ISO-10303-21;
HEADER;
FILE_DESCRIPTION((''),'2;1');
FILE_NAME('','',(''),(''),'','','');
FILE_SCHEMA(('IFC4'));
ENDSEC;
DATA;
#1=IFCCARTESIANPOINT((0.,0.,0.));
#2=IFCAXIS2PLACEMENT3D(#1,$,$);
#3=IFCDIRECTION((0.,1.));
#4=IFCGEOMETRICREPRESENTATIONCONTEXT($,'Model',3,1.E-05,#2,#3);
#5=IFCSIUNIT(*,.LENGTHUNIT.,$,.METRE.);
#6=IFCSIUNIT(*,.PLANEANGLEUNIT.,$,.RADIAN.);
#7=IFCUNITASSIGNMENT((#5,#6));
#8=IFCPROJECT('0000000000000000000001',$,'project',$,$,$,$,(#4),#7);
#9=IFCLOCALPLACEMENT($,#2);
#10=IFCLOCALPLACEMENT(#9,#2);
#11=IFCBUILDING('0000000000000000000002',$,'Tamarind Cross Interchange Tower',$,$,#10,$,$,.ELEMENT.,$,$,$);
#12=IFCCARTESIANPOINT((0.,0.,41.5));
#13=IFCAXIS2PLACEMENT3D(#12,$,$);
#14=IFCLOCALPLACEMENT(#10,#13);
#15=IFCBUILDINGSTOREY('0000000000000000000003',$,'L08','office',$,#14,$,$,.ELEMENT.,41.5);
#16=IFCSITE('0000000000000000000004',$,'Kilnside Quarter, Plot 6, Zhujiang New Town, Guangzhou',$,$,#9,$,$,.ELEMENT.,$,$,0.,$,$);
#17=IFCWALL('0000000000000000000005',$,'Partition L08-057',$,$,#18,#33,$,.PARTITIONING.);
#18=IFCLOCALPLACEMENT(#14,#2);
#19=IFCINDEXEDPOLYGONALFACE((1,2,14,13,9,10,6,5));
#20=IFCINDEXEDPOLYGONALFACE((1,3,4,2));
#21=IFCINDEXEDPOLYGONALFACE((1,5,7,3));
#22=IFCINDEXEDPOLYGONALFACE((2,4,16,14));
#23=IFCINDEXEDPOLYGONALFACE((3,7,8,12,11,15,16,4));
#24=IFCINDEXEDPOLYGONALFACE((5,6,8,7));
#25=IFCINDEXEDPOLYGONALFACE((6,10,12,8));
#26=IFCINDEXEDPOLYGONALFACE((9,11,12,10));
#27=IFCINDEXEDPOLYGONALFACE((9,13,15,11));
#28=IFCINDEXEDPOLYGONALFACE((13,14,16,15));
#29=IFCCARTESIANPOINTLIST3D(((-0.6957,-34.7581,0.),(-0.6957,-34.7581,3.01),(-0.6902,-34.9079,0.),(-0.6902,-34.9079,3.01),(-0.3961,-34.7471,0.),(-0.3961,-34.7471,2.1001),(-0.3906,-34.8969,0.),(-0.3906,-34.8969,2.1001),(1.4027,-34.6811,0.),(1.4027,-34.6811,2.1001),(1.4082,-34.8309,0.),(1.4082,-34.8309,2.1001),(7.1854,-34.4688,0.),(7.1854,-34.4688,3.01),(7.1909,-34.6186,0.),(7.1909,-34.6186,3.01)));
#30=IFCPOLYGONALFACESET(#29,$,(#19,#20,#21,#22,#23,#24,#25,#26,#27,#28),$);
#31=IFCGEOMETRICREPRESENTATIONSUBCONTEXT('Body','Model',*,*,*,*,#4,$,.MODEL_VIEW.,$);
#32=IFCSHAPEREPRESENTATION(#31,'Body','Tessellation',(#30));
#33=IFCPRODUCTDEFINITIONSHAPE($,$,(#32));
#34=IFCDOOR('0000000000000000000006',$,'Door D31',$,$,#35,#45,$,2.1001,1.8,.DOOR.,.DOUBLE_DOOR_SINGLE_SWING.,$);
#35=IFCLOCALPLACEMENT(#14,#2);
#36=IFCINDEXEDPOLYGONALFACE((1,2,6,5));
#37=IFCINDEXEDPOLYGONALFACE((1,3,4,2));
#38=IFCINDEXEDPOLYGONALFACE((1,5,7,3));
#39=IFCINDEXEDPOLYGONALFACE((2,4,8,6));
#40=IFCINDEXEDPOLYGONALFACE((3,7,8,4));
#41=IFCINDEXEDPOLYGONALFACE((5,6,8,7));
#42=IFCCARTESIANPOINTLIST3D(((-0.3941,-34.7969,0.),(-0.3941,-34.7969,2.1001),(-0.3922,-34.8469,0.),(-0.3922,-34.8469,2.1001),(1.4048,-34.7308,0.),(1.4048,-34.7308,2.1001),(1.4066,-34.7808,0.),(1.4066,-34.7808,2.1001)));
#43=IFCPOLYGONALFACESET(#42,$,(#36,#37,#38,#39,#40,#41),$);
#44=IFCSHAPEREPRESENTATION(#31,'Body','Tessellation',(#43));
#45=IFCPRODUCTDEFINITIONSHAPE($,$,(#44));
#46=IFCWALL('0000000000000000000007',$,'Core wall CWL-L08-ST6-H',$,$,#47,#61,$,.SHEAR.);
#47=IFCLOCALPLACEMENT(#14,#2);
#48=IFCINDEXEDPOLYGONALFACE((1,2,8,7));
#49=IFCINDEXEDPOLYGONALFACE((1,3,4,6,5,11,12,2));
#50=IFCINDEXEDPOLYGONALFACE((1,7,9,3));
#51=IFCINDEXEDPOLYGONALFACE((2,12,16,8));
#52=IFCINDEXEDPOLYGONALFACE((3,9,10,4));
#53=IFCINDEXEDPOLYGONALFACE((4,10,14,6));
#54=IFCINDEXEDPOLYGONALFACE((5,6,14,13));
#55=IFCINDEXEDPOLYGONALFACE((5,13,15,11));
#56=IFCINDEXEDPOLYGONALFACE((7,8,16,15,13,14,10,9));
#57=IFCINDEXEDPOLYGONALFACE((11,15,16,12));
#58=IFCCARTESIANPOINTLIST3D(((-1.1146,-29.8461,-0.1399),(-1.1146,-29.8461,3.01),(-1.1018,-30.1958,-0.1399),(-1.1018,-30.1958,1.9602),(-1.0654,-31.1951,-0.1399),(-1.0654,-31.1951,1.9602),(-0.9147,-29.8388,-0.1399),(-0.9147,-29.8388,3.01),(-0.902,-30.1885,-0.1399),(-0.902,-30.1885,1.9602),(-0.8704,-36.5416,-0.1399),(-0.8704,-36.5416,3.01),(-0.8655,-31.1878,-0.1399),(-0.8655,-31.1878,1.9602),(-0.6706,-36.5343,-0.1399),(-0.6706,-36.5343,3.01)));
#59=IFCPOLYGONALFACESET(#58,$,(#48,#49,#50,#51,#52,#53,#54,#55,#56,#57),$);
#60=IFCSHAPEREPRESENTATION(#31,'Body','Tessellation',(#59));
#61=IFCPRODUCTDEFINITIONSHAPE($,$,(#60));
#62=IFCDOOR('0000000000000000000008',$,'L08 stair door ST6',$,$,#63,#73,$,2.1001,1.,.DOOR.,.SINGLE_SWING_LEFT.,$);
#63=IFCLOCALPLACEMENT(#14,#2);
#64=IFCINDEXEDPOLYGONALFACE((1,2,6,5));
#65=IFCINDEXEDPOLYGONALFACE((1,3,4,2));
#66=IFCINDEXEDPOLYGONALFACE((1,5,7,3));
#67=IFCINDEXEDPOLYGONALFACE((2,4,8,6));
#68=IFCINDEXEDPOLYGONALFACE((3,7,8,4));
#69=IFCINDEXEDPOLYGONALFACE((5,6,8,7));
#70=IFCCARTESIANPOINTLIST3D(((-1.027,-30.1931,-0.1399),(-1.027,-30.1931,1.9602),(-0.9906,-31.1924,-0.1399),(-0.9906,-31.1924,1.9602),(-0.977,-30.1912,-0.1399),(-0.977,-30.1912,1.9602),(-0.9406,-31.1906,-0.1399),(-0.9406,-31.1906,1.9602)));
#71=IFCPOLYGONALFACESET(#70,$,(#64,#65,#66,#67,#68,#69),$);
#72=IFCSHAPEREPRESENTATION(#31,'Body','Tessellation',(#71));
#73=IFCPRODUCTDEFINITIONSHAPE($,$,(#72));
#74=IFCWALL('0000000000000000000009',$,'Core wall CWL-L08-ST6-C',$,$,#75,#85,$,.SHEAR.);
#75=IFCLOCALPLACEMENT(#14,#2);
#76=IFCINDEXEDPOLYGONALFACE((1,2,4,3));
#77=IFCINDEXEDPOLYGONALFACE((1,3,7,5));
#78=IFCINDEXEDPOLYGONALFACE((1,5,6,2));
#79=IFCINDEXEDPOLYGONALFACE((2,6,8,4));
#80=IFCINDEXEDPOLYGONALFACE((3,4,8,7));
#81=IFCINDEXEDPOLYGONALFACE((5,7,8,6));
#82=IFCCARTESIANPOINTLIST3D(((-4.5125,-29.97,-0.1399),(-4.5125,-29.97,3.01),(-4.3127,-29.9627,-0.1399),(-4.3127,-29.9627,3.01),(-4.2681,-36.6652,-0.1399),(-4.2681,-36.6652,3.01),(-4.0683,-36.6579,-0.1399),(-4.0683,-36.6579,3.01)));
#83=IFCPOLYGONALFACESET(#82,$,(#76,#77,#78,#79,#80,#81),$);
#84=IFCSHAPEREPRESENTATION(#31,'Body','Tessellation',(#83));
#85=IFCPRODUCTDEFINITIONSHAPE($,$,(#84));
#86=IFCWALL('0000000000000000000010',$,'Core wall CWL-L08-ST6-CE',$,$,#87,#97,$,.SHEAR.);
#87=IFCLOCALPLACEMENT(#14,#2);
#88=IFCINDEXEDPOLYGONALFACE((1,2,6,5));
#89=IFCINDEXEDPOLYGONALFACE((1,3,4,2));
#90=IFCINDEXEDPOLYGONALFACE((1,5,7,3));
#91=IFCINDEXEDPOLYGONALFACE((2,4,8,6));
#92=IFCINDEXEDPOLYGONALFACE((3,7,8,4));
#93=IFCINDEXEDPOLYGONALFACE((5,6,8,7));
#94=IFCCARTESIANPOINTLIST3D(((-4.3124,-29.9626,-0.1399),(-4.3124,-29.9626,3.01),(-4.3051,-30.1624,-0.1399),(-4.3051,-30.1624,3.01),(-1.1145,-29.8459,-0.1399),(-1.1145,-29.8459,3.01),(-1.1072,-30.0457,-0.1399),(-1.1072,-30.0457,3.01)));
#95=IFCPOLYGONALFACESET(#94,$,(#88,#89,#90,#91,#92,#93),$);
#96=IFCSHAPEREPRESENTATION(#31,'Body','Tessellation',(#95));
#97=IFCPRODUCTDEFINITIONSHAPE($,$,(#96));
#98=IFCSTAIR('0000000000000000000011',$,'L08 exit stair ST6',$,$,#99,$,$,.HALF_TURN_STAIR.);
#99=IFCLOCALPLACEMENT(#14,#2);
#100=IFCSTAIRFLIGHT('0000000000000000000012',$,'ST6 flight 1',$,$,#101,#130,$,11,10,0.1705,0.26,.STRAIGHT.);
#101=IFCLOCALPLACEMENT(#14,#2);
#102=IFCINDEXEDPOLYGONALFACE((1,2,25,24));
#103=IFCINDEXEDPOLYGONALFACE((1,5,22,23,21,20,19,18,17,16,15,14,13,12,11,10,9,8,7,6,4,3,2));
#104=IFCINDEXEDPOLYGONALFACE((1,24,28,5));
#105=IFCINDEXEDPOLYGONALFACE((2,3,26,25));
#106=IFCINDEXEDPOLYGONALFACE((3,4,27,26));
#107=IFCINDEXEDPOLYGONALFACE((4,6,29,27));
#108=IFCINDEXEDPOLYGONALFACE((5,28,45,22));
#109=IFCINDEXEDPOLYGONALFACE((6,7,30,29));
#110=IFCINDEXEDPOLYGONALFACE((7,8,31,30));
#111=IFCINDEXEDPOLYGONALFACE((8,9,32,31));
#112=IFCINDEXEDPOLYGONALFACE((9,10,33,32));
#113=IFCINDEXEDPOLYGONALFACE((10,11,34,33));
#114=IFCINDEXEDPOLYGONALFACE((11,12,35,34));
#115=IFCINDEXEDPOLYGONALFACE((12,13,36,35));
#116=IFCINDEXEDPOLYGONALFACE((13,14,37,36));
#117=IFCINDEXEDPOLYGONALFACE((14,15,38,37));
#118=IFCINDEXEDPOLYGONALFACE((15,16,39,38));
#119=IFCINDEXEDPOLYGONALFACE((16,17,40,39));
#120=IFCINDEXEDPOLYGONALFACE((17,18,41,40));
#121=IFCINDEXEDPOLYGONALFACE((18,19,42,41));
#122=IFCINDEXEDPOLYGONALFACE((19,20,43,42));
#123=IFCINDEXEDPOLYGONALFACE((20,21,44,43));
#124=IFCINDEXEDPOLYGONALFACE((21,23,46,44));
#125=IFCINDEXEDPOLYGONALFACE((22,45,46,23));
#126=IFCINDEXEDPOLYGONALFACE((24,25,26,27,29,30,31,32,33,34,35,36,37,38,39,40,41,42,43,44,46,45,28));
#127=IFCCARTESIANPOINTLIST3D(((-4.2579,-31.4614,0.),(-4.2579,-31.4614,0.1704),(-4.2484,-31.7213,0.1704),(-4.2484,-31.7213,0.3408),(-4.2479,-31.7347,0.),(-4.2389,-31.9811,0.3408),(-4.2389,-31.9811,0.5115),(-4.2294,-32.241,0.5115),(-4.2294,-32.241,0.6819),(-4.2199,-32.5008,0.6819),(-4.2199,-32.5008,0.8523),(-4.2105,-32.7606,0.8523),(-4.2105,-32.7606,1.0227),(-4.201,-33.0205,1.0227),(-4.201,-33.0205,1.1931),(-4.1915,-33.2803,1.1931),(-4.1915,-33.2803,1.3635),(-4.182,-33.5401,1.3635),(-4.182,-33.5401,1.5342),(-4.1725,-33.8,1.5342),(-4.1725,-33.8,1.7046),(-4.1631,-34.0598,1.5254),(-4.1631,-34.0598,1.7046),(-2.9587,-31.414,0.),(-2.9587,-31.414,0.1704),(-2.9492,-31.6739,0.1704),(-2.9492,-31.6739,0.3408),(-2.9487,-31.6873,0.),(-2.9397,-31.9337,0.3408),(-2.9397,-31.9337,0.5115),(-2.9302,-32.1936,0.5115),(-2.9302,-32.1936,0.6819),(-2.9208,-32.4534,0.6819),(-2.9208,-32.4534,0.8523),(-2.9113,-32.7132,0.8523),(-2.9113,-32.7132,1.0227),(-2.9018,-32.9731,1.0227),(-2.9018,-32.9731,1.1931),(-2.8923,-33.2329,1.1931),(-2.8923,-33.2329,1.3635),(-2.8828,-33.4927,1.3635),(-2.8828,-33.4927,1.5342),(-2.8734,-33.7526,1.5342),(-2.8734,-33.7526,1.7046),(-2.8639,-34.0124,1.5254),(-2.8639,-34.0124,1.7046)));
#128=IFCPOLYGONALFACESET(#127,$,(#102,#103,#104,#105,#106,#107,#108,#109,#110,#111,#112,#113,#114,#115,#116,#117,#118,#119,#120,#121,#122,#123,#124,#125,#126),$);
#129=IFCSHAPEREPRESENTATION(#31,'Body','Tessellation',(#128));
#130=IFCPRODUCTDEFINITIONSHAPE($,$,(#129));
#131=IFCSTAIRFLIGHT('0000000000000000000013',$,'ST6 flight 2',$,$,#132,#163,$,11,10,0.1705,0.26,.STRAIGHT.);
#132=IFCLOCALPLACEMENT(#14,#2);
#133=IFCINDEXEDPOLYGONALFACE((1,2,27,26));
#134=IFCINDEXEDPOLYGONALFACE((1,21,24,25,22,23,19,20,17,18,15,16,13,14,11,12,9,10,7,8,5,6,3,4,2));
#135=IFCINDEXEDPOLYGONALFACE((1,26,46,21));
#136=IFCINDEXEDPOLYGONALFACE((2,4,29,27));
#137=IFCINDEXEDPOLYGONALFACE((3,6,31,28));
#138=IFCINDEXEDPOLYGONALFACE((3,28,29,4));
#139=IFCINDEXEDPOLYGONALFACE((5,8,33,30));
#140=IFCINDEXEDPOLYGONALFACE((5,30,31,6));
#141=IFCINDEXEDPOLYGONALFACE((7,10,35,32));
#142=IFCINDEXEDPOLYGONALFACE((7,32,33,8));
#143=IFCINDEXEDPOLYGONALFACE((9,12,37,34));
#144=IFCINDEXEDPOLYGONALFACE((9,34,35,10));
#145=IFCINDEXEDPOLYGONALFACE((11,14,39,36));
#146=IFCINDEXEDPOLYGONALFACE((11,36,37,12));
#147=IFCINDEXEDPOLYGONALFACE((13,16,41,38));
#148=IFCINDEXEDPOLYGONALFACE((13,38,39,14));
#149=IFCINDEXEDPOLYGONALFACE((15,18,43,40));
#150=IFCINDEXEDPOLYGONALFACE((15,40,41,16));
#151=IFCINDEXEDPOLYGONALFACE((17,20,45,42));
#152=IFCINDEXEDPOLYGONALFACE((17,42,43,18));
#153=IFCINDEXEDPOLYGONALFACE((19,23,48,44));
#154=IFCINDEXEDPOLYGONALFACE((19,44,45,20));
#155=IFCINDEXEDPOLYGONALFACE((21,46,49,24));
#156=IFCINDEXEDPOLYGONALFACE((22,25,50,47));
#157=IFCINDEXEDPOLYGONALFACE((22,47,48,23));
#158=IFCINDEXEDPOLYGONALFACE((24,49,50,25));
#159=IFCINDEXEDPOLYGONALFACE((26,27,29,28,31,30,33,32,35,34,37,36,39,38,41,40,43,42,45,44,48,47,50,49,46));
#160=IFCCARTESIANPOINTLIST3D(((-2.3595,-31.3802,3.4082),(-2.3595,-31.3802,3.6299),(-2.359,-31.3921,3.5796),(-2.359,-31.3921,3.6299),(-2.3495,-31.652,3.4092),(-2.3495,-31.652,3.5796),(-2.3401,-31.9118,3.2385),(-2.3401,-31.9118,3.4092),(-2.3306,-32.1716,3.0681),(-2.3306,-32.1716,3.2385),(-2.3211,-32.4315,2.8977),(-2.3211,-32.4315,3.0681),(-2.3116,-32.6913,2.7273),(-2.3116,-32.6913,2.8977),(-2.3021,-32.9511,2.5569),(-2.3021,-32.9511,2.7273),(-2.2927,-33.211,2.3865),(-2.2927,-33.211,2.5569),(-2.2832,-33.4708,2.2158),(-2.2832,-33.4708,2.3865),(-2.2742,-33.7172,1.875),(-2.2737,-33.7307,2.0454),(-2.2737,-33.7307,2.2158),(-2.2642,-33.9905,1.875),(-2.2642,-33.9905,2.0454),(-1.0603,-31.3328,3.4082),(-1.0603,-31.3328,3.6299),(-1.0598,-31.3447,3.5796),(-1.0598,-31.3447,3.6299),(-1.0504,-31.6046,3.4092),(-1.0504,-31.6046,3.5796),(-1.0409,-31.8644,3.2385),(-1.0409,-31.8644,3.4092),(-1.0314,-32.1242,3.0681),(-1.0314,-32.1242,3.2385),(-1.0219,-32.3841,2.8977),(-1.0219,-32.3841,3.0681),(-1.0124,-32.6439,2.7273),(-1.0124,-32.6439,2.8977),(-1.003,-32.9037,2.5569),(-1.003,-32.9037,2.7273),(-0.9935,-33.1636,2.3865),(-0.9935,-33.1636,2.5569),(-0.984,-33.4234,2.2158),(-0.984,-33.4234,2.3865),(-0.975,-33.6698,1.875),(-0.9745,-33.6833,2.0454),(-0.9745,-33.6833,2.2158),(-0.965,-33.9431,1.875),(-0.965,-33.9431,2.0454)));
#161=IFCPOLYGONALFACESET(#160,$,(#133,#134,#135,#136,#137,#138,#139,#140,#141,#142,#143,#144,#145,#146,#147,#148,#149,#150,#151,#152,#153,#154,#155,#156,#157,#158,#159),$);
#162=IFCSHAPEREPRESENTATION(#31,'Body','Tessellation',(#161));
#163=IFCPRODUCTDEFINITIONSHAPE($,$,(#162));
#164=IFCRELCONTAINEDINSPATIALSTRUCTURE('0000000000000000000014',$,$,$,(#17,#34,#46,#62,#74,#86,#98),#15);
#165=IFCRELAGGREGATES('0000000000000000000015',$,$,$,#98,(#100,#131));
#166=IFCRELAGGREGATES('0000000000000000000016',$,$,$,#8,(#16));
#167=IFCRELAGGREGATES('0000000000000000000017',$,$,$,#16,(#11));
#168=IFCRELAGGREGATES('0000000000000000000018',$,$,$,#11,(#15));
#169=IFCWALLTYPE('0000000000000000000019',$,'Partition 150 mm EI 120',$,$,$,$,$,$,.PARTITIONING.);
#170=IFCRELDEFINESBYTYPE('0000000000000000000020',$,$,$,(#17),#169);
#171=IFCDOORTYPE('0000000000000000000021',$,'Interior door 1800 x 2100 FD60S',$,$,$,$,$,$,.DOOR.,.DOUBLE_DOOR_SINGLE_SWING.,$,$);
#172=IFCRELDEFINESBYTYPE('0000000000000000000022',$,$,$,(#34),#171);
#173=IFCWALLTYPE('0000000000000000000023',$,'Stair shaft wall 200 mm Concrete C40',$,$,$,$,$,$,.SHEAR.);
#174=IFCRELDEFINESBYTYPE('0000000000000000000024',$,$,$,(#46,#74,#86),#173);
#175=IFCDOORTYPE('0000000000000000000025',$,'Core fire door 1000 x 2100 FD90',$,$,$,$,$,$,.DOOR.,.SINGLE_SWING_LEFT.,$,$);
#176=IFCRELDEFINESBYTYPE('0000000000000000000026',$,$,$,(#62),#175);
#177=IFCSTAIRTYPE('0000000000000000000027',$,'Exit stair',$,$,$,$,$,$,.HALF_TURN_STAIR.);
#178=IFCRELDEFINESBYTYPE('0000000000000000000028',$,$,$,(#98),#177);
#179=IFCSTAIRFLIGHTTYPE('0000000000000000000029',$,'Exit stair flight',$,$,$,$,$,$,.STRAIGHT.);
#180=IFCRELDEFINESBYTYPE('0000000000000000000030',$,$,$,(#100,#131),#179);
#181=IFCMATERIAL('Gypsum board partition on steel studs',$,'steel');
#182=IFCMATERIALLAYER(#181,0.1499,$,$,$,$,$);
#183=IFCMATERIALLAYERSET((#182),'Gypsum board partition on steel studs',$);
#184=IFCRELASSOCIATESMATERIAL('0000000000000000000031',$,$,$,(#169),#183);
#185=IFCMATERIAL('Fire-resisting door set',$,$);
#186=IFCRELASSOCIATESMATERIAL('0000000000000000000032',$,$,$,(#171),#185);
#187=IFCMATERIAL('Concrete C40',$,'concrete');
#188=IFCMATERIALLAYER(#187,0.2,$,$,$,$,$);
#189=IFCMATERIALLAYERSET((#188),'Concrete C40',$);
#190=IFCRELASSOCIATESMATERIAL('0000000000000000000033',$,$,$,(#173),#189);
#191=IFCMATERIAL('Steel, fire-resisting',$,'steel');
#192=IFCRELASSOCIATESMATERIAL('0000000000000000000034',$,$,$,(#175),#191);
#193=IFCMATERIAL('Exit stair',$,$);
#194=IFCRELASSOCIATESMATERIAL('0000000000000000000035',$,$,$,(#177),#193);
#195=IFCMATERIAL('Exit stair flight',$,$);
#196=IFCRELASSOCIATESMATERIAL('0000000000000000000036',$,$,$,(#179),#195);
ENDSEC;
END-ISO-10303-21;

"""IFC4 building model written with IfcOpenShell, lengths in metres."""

from ifc_helpers import new_model, si_unit, direction, frame, frame_2d, origin, place, context, subcontext, project, spatial, polyline, rectangle, outline, extrude, material, layer, layer_set, type_object, element, fill, aggregate, save


model = new_model("IFC4")

# Units and contexts
model_context = context("Model", 3, precision=1e-05, world=origin(), true_north=direction((0.0, 1.0)))
body_context = subcontext(model_context, "Body", "Model", "MODEL_VIEW")
ifc_project = project(units=[si_unit("LENGTHUNIT", "METRE"), si_unit("PLANEANGLEUNIT", "RADIAN")], contexts=[model_context])

# Site, building, storey
site_placement = place(None, origin())
site = spatial("IfcSite", under=ifc_project, at=site_placement, Name="Kilnside Quarter, Plot 6, Zhujiang New Town, Guangzhou", CompositionType="ELEMENT", RefElevation=0.0)
building_placement = place(site_placement, origin())
building = spatial("IfcBuilding", under=site, at=building_placement, Name="Tamarind Cross Interchange Tower", CompositionType="ELEMENT")
storey_placement = place(building_placement, frame((0.0, 0.0, 41.5)))
storey = spatial("IfcBuildingStorey", under=building, at=storey_placement, Name="L08", Description="office", CompositionType="ELEMENT", Elevation=41.5)

# Shared definitions
ifc_material_1 = material(Name="Gypsum board partition on steel studs", Category="steel")
ifc_layer_1 = layer(ifc_material_1, 0.1499)
ifc_layer_set_1 = layer_set([ifc_layer_1], Name="Gypsum board partition on steel studs")
wall_type_1 = type_object("IfcWallType", Name="Partition 150 mm EI 120", PredefinedType="PARTITIONING", material=ifc_layer_set_1)

# Walls, openings, doors
wall_1_placement = place(storey_placement, frame((-0.6931, -34.833, 0.0), z_axis=(0.0, 0.0, 1.0), x_axis=(0.999327, 0.036684, 0.0)))
wall_1 = element("IfcWall", 1, at=wall_1_placement, inside=storey, type_object=wall_type_1, Name="Partition L08-057", PredefinedType="PARTITIONING", context=body_context, shape_type="SweptSolid", body=[
    extrude(rectangle(XDim=7.8865, YDim=0.1499, at=frame_2d((3.9434, 0.0))), origin(), (0.0, 0.0, 1.0), 3.01),
])
opening_1_placement = place(wall_1_placement, frame((0.3, 0.0, 0.0)))
opening_1 = element("IfcOpeningElement", 2, at=opening_1_placement, cuts=wall_1, PredefinedType="OPENING", context=body_context, shape_type="SweptSolid", body=[
    extrude(rectangle(XDim=1.8, YDim=2.1001, at=frame_2d((0.8999, 1.05))), frame((0.0, 0.085, 0.0), z_axis=(0.0, -1.0, 0.0), x_axis=(1.0, 0.0, 0.0)), (0.0, 0.0, 1.0), 0.1699),
])
ifc_material_2 = material(Name="Fire-resisting door set")
door_type_1 = type_object("IfcDoorType", Name="Interior door 1800 x 2100 FD60S", OperationType="DOUBLE_DOOR_SINGLE_SWING", PredefinedType="DOOR", material=ifc_material_2)
door_1_placement = place(opening_1_placement, frame((1.8, 0.0, 0.0), z_axis=(0.0, 0.0, 1.0), x_axis=(-1.0, 0.0, 0.0)))
door_1 = element("IfcDoor", 3, at=door_1_placement, inside=storey, type_object=door_type_1, Name="Door D31", OperationType="DOUBLE_DOOR_SINGLE_SWING", OverallHeight=2.1001, OverallWidth=1.8, PredefinedType="DOOR", context=body_context, shape_type="SweptSolid", body=[
    extrude(rectangle(XDim=1.8, YDim=2.1001, at=frame_2d((0.8999, 1.05))), frame((0.0, 0.0249, 0.0), z_axis=(0.0, -1.0, 0.0), x_axis=(1.0, 0.0, 0.0)), (0.0, 0.0, 1.0), 0.05),
])
fill(opening_1, door_1)
ifc_material_3 = material(Name="Concrete C40", Category="concrete")
ifc_layer_2 = layer(ifc_material_3, 0.2)
ifc_layer_set_2 = layer_set([ifc_layer_2], Name="Concrete C40")
wall_type_2 = type_object("IfcWallType", Name="Stair shaft wall 200 mm Concrete C40", PredefinedType="SHEAR", material=ifc_layer_set_2)
wall_2_placement = place(storey_placement, frame((-1.0146, -29.8423, -0.1399), z_axis=(0.0, 0.0, 1.0), x_axis=(0.036439, -0.999336, 0.0)))
wall_2 = element("IfcWall", 4, at=wall_2_placement, inside=storey, type_object=wall_type_2, Name="Core wall CWL-L08-ST6-H", PredefinedType="SHEAR", context=body_context, shape_type="SweptSolid", body=[
    extrude(rectangle(XDim=6.7, YDim=0.2, at=frame_2d((3.3501, 0.0))), origin(), (0.0, 0.0, 1.0), 3.1499),
])
opening_2_placement = place(wall_2_placement, frame((0.3501, 0.0, 0.0)))
opening_2 = element("IfcOpeningElement", 5, at=opening_2_placement, cuts=wall_2, PredefinedType="OPENING", context=body_context, shape_type="SweptSolid", body=[
    extrude(rectangle(XDim=1.0, YDim=2.1001, at=frame_2d((0.5, 1.05))), frame((0.0, 0.1099, 0.0), z_axis=(0.0, -1.0, 0.0), x_axis=(1.0, 0.0, 0.0)), (0.0, 0.0, 1.0), 0.22),
])
ifc_material_4 = material(Name="Steel, fire-resisting", Category="steel")
door_type_2 = type_object("IfcDoorType", Name="Core fire door 1000 x 2100 FD90", OperationType="SINGLE_SWING_LEFT", PredefinedType="DOOR", material=ifc_material_4)
door_2_placement = place(opening_2_placement, origin())
door_2 = element("IfcDoor", 6, at=door_2_placement, inside=storey, type_object=door_type_2, Name="L08 stair door ST6", OperationType="SINGLE_SWING_LEFT", OverallHeight=2.1001, OverallWidth=1.0, PredefinedType="DOOR", context=body_context, shape_type="SweptSolid", body=[
    extrude(rectangle(XDim=1.0, YDim=2.1001, at=frame_2d((0.5, 1.05))), frame((0.0, 0.0249, 0.0), z_axis=(0.0, -1.0, 0.0), x_axis=(1.0, 0.0, 0.0)), (0.0, 0.0, 1.0), 0.05),
])
fill(opening_2, door_2)

# Walls
wall_3_placement = place(storey_placement, frame((-4.4126, -29.9663, -0.1399), z_axis=(0.0, 0.0, 1.0), x_axis=(0.036477, -0.999335, 0.0)))
element("IfcWall", 7, at=wall_3_placement, inside=storey, type_object=wall_type_2, Name="Core wall CWL-L08-ST6-C", PredefinedType="SHEAR", context=body_context, shape_type="SweptSolid", body=[
    extrude(rectangle(XDim=6.6997, YDim=0.2, at=frame_2d((3.3499, 0.0))), origin(), (0.0, 0.0, 1.0), 3.1499),
])
wall_4_placement = place(storey_placement, frame((-4.3088, -30.0625, -0.1399), z_axis=(0.0, 0.0, 1.0), x_axis=(0.999335, 0.03647, 0.0)))
element("IfcWall", 8, at=wall_4_placement, inside=storey, type_object=wall_type_2, Name="Core wall CWL-L08-ST6-CE", PredefinedType="SHEAR", context=body_context, shape_type="SweptSolid", body=[
    extrude(rectangle(XDim=3.2, YDim=0.2, at=frame_2d((1.6001, 0.0))), origin(), (0.0, 0.0, 1.0), 3.1499),
])

# Stair, stair flights
ifc_material_5 = material(Name="Exit stair")
stair_type = type_object("IfcStairType", Name="Exit stair", PredefinedType="HALF_TURN_STAIR", material=ifc_material_5)
stair_placement = place(storey_placement, origin())
stair = element("IfcStair", 9, at=stair_placement, inside=storey, type_object=stair_type, Name="L08 exit stair ST6", PredefinedType="HALF_TURN_STAIR")
ifc_material_6 = material(Name="Exit stair flight")
stair_flight_type = type_object("IfcStairFlightType", Name="Exit stair flight", PredefinedType="STRAIGHT", material=ifc_material_6)
stair_flight_1_placement = place(storey_placement, frame((-3.6082, -31.4377, 0.0), z_axis=(0.0, 0.0, 1.0), x_axis=(0.036462, -0.999335, 0.0)))
stair_flight_1 = element("IfcStairFlight", 10, at=stair_flight_1_placement, type_object=stair_flight_type, Name="ST6 flight 1", NumberOfRisers=11, NumberOfTreads=10, PredefinedType="STRAIGHT", RiserHeight=0.1705, TreadLength=0.26, context=body_context, shape_type="SweptSolid", body=[
    extrude(outline(polyline([(0.0, 0.0), (0.0, 0.1704), (0.26, 0.1704), (0.26, 0.3408), (0.52, 0.3408), (0.52, 0.5115), (0.78, 0.5115), (0.78, 0.6819), (1.04, 0.6819), (1.04, 0.8523), (1.3, 0.8523), (1.3, 1.0227), (1.5601, 1.0227), (1.5601, 1.1931), (1.8201, 1.1931), (1.8201, 1.3635), (2.0801, 1.3635), (2.0801, 1.5342), (2.3401, 1.5342), (2.3401, 1.7046), (2.6001, 1.7046), (2.6001, 1.875), (2.6001, 1.5254), (0.2734, 0.0), (0.0, 0.0)])), frame((0.0, 0.6499, 0.0), z_axis=(0.0, -1.0, 0.0), x_axis=(1.0, 0.0, 0.0)), (0.0, 0.0, 1.0), 1.3),
])
stair_flight_2_placement = place(storey_placement, frame((-1.6147, -33.9668, 1.875), z_axis=(0.0, 0.0, 1.0), x_axis=(-0.036462, 0.999335, 0.0)))
stair_flight_2 = element("IfcStairFlight", 11, at=stair_flight_2_placement, type_object=stair_flight_type, Name="ST6 flight 2", NumberOfRisers=11, NumberOfTreads=10, PredefinedType="STRAIGHT", RiserHeight=0.1705, TreadLength=0.26, context=body_context, shape_type="SweptSolid", body=[
    extrude(outline(polyline([(0.0, 0.0), (0.0, 0.1704), (0.26, 0.1704), (0.26, 0.3408), (0.52, 0.3408), (0.52, 0.5115), (0.78, 0.5115), (0.78, 0.6819), (1.04, 0.6819), (1.04, 0.8523), (1.3, 0.8523), (1.3, 1.0227), (1.5601, 1.0227), (1.5601, 1.1931), (1.8201, 1.1931), (1.8201, 1.3635), (2.0801, 1.3635), (2.0801, 1.5342), (2.3401, 1.5342), (2.3401, 1.7046), (2.6001, 1.7046), (2.6001, 1.7549), (2.6121, 1.7549), (2.6121, 1.5332), (0.2734, 0.0), (0.0, 0.0)])), frame((0.0, 0.6499, 0.0), z_axis=(0.0, -1.0, 0.0), x_axis=(1.0, 0.0, 0.0)), (0.0, 0.0, 1.0), 1.3),
])
aggregate(stair, [stair_flight_1, stair_flight_2])

save(model, "model.ifc")
